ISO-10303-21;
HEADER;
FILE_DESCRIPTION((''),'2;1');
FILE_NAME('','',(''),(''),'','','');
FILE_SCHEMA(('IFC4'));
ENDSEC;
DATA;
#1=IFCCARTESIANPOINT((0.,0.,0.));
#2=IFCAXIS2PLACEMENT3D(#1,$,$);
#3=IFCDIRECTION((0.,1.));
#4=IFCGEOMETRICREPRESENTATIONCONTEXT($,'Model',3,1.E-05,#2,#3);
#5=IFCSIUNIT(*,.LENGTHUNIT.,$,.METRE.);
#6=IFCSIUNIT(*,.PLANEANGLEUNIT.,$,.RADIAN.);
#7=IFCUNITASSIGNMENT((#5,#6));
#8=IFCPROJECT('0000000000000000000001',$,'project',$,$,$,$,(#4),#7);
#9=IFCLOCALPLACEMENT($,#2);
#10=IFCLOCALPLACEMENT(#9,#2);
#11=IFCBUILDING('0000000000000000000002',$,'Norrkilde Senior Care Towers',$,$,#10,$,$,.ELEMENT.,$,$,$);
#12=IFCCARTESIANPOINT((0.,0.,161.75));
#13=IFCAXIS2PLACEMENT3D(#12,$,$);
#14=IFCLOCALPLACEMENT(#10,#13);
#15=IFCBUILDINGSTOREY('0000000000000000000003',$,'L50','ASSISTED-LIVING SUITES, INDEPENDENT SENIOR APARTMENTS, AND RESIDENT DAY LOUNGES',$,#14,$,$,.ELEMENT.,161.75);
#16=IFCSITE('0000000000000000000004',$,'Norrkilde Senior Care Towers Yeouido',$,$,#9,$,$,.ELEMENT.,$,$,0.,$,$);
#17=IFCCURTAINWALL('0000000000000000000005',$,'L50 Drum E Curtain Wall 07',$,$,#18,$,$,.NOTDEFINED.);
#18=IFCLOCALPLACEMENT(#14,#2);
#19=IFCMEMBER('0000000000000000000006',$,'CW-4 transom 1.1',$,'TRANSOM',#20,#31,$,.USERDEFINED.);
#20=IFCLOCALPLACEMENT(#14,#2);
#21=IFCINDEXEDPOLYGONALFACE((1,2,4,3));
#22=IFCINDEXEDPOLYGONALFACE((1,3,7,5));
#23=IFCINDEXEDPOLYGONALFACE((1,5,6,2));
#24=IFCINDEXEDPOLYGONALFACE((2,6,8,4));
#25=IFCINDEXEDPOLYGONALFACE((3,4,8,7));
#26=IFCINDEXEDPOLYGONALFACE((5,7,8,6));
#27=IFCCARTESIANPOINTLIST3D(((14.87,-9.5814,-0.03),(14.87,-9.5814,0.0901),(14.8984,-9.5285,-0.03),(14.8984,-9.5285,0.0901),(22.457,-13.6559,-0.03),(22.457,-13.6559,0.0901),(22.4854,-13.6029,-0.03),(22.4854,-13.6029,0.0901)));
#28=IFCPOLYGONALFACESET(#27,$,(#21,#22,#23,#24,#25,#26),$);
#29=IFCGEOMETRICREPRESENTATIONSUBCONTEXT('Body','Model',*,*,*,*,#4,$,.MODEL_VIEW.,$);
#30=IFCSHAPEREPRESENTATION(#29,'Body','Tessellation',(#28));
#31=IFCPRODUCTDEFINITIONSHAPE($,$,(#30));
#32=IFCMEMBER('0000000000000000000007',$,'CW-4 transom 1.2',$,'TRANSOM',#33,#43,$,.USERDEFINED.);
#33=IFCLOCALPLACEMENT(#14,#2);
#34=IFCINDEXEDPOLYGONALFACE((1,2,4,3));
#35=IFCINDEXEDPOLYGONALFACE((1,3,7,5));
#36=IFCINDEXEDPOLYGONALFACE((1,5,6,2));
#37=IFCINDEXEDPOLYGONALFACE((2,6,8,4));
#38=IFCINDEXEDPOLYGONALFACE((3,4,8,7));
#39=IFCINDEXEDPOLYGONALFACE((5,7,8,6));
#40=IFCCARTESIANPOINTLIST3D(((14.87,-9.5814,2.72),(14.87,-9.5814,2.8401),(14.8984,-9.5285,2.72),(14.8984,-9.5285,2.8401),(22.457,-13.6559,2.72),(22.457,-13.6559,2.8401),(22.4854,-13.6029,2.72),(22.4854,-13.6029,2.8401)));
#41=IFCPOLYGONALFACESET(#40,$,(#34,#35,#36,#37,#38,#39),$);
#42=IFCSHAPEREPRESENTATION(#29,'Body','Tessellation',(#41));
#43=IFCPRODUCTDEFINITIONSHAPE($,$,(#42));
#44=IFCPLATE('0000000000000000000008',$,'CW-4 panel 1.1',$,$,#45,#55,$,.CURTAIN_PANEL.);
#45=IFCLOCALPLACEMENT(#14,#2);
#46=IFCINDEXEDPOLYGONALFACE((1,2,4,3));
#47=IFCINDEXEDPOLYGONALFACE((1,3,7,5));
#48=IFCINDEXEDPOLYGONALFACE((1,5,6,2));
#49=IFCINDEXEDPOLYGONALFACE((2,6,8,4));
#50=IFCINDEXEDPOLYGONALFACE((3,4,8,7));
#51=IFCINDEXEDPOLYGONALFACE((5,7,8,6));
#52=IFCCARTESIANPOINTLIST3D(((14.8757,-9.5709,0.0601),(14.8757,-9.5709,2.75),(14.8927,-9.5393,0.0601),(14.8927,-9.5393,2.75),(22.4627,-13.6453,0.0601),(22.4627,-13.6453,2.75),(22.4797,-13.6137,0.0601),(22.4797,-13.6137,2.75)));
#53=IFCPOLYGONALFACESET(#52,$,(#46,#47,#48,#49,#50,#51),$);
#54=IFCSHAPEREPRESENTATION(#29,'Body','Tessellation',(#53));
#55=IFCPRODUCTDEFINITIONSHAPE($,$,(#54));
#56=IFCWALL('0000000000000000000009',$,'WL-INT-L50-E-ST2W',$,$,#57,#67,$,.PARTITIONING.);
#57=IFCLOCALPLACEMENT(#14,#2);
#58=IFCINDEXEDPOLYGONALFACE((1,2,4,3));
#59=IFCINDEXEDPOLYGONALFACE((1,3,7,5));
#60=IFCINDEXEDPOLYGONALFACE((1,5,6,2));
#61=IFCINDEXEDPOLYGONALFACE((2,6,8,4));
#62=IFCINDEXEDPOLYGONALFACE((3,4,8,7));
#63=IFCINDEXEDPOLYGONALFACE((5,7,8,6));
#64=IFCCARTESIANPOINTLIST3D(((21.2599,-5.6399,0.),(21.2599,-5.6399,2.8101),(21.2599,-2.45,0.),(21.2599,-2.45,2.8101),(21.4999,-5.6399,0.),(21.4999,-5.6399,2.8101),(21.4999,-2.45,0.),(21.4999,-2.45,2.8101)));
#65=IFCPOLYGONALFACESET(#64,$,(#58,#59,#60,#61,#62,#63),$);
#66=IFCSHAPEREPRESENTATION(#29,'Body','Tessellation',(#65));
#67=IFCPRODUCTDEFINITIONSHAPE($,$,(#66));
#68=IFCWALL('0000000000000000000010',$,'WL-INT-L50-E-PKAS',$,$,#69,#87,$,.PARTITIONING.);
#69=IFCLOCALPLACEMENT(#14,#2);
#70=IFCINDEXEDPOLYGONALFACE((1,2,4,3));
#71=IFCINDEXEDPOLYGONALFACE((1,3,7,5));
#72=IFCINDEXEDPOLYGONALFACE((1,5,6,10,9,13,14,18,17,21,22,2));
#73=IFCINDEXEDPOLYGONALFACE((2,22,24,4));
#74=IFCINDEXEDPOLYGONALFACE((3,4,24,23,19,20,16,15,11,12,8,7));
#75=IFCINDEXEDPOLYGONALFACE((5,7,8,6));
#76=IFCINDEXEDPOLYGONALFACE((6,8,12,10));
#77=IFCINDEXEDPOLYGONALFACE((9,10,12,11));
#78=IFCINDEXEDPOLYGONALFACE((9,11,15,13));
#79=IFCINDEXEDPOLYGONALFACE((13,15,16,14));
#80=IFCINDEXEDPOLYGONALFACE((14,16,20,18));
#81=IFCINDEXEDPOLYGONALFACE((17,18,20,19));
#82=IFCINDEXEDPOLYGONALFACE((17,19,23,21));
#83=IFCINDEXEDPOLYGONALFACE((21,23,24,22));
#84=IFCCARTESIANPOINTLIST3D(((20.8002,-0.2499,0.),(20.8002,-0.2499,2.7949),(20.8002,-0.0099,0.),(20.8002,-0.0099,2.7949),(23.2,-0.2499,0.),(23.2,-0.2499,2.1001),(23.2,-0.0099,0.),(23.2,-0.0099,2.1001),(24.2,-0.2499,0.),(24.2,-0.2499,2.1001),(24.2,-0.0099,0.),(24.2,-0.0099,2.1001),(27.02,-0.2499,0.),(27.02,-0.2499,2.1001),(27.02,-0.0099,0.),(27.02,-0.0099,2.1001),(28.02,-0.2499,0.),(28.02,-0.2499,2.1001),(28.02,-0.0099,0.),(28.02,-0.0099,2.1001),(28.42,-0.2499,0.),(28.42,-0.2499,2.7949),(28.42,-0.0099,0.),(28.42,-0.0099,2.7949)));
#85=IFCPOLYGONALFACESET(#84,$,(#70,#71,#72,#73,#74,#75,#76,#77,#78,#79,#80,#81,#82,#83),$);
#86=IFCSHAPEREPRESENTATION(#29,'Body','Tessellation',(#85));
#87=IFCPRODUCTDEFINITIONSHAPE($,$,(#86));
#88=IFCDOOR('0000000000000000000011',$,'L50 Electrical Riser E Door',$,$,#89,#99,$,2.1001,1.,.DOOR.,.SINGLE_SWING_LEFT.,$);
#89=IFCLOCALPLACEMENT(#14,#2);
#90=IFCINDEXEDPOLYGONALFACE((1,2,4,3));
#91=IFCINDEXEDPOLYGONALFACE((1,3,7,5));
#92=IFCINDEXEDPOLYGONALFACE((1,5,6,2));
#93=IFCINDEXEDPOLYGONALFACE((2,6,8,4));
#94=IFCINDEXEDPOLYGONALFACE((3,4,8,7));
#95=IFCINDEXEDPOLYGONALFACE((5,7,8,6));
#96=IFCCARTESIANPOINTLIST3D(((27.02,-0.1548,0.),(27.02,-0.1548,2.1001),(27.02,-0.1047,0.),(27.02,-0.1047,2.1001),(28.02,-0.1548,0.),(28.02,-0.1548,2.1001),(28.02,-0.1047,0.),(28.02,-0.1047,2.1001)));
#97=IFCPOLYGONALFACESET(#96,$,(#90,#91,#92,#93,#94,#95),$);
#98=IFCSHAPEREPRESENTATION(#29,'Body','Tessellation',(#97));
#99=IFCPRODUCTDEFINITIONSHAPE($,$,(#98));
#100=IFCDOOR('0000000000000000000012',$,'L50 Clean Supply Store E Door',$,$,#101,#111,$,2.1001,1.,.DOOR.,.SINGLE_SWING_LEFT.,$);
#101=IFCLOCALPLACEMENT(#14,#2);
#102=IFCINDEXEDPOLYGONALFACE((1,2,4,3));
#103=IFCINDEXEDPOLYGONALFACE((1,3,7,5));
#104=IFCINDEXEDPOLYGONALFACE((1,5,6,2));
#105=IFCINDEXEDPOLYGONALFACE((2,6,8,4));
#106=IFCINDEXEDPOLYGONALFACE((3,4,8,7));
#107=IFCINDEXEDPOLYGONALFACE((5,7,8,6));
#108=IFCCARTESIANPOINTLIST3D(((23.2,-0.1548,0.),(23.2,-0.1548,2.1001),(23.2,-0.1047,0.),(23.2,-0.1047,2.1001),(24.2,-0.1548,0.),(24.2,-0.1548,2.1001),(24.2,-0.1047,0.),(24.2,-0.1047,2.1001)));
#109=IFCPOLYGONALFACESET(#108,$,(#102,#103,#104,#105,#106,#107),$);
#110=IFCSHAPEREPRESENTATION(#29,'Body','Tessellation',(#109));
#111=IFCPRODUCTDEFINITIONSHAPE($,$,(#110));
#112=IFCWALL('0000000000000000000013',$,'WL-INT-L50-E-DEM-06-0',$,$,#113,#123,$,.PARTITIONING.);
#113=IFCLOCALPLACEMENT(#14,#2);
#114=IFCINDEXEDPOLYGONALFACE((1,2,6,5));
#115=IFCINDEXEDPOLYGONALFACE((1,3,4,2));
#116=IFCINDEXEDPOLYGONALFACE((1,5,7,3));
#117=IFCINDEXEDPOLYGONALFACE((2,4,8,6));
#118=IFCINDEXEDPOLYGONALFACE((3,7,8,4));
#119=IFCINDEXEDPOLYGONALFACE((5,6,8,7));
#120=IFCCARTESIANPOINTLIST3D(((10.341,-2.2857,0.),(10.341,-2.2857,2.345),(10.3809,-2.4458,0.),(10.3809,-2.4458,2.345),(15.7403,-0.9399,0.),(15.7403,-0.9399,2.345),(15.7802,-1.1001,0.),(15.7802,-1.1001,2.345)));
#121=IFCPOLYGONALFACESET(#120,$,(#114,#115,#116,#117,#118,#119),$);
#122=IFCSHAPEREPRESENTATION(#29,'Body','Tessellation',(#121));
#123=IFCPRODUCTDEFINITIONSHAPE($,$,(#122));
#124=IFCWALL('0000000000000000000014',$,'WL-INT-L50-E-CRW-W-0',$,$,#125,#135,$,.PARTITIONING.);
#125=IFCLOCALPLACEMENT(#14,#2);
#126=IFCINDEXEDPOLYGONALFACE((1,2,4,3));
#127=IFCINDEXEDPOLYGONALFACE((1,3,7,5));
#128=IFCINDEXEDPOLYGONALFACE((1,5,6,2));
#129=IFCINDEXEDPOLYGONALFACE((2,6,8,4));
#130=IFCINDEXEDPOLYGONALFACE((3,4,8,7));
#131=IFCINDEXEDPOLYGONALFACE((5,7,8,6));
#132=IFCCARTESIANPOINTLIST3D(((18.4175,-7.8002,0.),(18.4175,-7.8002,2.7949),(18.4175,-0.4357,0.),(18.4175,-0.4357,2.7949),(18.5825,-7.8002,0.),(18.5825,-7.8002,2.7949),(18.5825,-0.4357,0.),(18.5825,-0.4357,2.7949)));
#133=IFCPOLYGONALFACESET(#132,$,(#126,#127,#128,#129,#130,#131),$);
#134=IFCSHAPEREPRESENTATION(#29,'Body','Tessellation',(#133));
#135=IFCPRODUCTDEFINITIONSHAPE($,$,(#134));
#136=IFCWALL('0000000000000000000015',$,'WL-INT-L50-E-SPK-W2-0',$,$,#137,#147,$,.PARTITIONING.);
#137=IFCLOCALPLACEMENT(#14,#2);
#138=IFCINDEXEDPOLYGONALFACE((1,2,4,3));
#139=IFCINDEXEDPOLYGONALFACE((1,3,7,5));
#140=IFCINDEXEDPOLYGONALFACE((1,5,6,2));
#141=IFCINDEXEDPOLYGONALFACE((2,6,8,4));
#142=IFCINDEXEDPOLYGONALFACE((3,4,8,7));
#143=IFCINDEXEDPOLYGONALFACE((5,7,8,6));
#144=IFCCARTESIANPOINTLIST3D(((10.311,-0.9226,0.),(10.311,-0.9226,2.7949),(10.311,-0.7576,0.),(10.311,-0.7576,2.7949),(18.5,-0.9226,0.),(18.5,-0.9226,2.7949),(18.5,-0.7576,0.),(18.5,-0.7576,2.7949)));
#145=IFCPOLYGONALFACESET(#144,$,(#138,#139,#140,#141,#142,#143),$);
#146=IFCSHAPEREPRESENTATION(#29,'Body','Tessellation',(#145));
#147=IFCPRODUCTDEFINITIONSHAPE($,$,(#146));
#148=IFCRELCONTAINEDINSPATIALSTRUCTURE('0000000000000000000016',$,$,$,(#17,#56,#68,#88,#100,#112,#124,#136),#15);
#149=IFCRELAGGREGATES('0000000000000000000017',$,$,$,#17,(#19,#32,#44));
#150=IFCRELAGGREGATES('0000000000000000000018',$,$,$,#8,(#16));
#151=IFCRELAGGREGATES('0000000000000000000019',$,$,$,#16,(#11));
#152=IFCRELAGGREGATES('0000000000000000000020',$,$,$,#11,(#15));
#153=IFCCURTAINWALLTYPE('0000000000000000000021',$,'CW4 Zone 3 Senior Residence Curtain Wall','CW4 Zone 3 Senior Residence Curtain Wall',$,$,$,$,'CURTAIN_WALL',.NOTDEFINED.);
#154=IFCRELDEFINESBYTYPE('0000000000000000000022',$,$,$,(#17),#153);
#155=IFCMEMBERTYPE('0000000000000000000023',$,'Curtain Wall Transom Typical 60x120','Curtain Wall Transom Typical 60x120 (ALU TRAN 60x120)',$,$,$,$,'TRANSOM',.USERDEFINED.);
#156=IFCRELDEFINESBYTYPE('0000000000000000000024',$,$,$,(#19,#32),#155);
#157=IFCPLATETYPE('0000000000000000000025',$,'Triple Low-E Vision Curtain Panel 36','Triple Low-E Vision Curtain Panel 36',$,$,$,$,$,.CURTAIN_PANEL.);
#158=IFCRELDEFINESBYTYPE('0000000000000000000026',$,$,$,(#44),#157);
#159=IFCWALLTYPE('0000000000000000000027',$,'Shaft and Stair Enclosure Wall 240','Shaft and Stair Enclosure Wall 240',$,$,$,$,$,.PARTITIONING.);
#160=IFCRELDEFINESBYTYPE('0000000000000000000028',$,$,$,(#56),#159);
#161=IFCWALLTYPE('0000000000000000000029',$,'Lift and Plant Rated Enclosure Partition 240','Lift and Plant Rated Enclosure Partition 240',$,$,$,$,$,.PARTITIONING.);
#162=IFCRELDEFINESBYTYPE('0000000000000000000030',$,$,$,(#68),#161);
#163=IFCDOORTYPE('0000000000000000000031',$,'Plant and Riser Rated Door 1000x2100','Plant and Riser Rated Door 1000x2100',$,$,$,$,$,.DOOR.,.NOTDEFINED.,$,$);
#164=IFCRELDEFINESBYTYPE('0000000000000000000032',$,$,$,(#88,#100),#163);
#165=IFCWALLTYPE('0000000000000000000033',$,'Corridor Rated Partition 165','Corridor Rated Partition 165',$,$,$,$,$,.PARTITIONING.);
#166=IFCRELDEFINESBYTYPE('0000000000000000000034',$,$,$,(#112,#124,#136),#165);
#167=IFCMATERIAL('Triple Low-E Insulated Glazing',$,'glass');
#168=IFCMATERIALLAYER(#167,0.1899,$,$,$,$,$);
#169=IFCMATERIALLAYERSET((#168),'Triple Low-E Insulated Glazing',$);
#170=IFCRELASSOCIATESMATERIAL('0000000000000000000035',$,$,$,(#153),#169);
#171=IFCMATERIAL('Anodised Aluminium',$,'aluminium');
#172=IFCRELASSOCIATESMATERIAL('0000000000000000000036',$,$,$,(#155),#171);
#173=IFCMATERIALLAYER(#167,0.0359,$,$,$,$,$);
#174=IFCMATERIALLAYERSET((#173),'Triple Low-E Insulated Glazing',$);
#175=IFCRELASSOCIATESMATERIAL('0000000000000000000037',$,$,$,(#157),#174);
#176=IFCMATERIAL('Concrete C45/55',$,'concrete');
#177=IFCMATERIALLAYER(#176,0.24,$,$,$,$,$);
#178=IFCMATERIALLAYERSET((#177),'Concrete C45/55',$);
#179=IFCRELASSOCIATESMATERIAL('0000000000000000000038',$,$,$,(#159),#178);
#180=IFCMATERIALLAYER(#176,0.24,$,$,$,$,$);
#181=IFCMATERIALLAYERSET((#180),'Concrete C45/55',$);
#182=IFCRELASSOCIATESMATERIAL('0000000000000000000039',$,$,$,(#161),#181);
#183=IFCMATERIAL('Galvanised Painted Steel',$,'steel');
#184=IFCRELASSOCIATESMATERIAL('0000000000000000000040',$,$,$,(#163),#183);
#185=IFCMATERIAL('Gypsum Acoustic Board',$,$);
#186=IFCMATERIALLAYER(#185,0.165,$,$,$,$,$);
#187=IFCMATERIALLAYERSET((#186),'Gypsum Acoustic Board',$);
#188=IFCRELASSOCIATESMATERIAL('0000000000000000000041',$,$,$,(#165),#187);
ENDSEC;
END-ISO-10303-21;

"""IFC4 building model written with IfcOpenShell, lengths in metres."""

from ifc_helpers import new_model, si_unit, direction, frame, frame_2d, origin, origin_2d, place, context, subcontext, project, spatial, rectangle, extrude, source, transform, mapped, material, layer, layer_set, material_profile, profile_set, type_object, type_shapes, element, fill, aggregate, save


model = new_model("IFC4")

# Units and contexts
model_context = context("Model", 3, precision=1e-05, world=origin(), true_north=direction((0.0, 1.0)))
body_context = subcontext(model_context, "Body", "Model", "MODEL_VIEW")
ifc_project = project(units=[si_unit("LENGTHUNIT", "METRE"), si_unit("PLANEANGLEUNIT", "RADIAN")], contexts=[model_context])

# Site, building, storey
site_placement = place(None, origin())
site = spatial("IfcSite", under=ifc_project, at=site_placement, Name="Norrkilde Senior Care Towers Yeouido", CompositionType="ELEMENT", RefElevation=0.0)
building_placement = place(site_placement, origin())
building = spatial("IfcBuilding", under=site, at=building_placement, Name="Norrkilde Senior Care Towers", CompositionType="ELEMENT")
storey_placement = place(building_placement, frame((0.0, 0.0, 161.75)))
storey = spatial("IfcBuildingStorey", under=building, at=storey_placement, Name="L50", Description="ASSISTED-LIVING SUITES, INDEPENDENT SENIOR APARTMENTS, AND RESIDENT DAY LOUNGES", CompositionType="ELEMENT", Elevation=161.75)

# Curtain wall
ifc_material_1 = material(Name="Triple Low-E Insulated Glazing", Category="glass")
ifc_layer_1 = layer(ifc_material_1, 0.1899)
ifc_layer_set_1 = layer_set([ifc_layer_1], Name="Triple Low-E Insulated Glazing")
curtain_wall_type = type_object("IfcCurtainWallType", Name="CW4 Zone 3 Senior Residence Curtain Wall", Description="CW4 Zone 3 Senior Residence Curtain Wall", ElementType="CURTAIN_WALL", PredefinedType="NOTDEFINED", material=ifc_layer_set_1)
curtain_wall_1_placement = place(storey_placement, origin())
curtain_wall_1 = element("IfcCurtainWall", 1, at=curtain_wall_1_placement, inside=storey, type_object=curtain_wall_type, Name="L50 Drum E Curtain Wall 07", PredefinedType="NOTDEFINED")
ifc_material_2 = material(Name="Anodised Aluminium", Category="aluminium")

# Members
ifc_material_profile_1 = material_profile(ifc_material_2, rectangle(XDim=0.0601, YDim=0.1201, at=origin_2d()), Name="ALU TRAN 60x120")
ifc_profile_set_1 = profile_set([ifc_material_profile_1], Name="Anodised Aluminium")
member_type_1 = type_object("IfcMemberType", Name="Curtain Wall Transom Typical 60x120", Description="Curtain Wall Transom Typical 60x120 (ALU TRAN 60x120)", ElementType="TRANSOM", PredefinedType="USERDEFINED", material=ifc_profile_set_1)
shared_shape_1 = source(origin(), body_context, "Body", "SweptSolid", [
    extrude(rectangle(XDim=0.0601, YDim=0.1201, at=origin_2d()), origin(), (0.0, 0.0, 1.0), 8.6118),
])
type_shapes(member_type_1, [shared_shape_1])
member_1_placement = place(storey_placement, frame((22.4712, -13.6294, 0.03), z_axis=(-0.880994, 0.473127, 0.0), x_axis=(-0.473127, -0.880994, 0.0)))
member_1 = element("IfcMember", 2, at=member_1_placement, type_object=member_type_1, Name="CW-4 transom 1.1", ObjectType="TRANSOM", PredefinedType="USERDEFINED", context=body_context, shape_type="MappedRepresentation", body=[
    mapped(shared_shape_1, transform((0.0, 0.0, 0.0), x_axis=(1.0, 0.0, 0.0), y_axis=(0.0, 1.0, 0.0), z_axis=(0.0, 0.0, 1.0), scale=1.0)),
])
member_2_placement = place(storey_placement, frame((22.4712, -13.6294, 2.78), z_axis=(-0.880994, 0.473127, 0.0), x_axis=(-0.473127, -0.880994, 0.0)))
member_2 = element("IfcMember", 3, at=member_2_placement, type_object=member_type_1, Name="CW-4 transom 1.2", ObjectType="TRANSOM", PredefinedType="USERDEFINED", context=body_context, shape_type="MappedRepresentation", body=[
    mapped(shared_shape_1, transform((0.0, 0.0, 0.0), x_axis=(1.0, 0.0, 0.0), y_axis=(0.0, 1.0, 0.0), z_axis=(0.0, 0.0, 1.0), scale=1.0)),
])

# Plate
ifc_layer_2 = layer(ifc_material_1, 0.0359)
ifc_layer_set_2 = layer_set([ifc_layer_2], Name="Triple Low-E Insulated Glazing")
plate_type = type_object("IfcPlateType", Name="Triple Low-E Vision Curtain Panel 36", Description="Triple Low-E Vision Curtain Panel 36", PredefinedType="CURTAIN_PANEL", material=ifc_layer_set_2)
shared_shape_2 = source(origin(), body_context, "Body", "SweptSolid", [
    extrude(rectangle(XDim=8.6118, YDim=0.0359, at=origin_2d()), origin(), (0.0, 0.0, 1.0), 2.6899),
])
type_shapes(plate_type, [shared_shape_2])
plate_placement = place(storey_placement, frame((18.6777, -11.5923, 0.0601), z_axis=(0.0, 0.0, 1.0), x_axis=(-0.881, 0.473117, 0.0)))
plate = element("IfcPlate", 4, at=plate_placement, type_object=plate_type, Name="CW-4 panel 1.1", PredefinedType="CURTAIN_PANEL", context=body_context, shape_type="MappedRepresentation", body=[
    mapped(shared_shape_2, transform((0.0, 0.0, 0.0), x_axis=(1.0, 0.0, 0.0), y_axis=(0.0, 1.0, 0.0), z_axis=(0.0, 0.0, 1.0), scale=1.0)),
])
aggregate(curtain_wall_1, [member_1, member_2, plate])

# Shared definitions
ifc_material_3 = material(Name="Galvanised Painted Steel", Category="steel")
ifc_material_4 = material(Name="Concrete C45/55", Category="concrete")
ifc_layer_3 = layer(ifc_material_4, 0.24)
ifc_layer_set_3 = layer_set([ifc_layer_3], Name="Concrete C45/55")
wall_type_1 = type_object("IfcWallType", Name="Shaft and Stair Enclosure Wall 240", Description="Shaft and Stair Enclosure Wall 240", PredefinedType="PARTITIONING", material=ifc_layer_set_3)

# Wall
shared_shape_3 = source(origin(), body_context, "Body", "SweptSolid", [
    extrude(rectangle(XDim=3.1899, YDim=0.24, at=frame_2d((1.595, 0.0))), origin(), (0.0, 0.0, 1.0), 2.8101),
])
wall_1_placement = place(storey_placement, frame((21.3799, -5.6399, 0.0), z_axis=(0.0, 0.0, 1.0), x_axis=(0.0, 1.0, 0.0)))
element("IfcWall", 5, at=wall_1_placement, inside=storey, type_object=wall_type_1, Name="WL-INT-L50-E-ST2W", PredefinedType="PARTITIONING", context=body_context, shape_type="MappedRepresentation", body=[
    mapped(shared_shape_3, transform((0.0, 0.0, 0.0), x_axis=(1.0, 0.0, 0.0), y_axis=(0.0, 1.0, 0.0), z_axis=(0.0, 0.0, 1.0), scale=1.0)),
])

# Wall, openings, doors
ifc_layer_4 = layer(ifc_material_4, 0.24)
ifc_layer_set_4 = layer_set([ifc_layer_4], Name="Concrete C45/55")
wall_type_2 = type_object("IfcWallType", Name="Lift and Plant Rated Enclosure Partition 240", Description="Lift and Plant Rated Enclosure Partition 240", PredefinedType="PARTITIONING", material=ifc_layer_set_4)
shared_shape_4 = source(origin(), body_context, "Body", "SweptSolid", [
    extrude(rectangle(XDim=7.6199, YDim=0.24, at=frame_2d((3.8101, 0.0))), origin(), (0.0, 0.0, 1.0), 2.7949),
])
type_shapes(wall_type_2, [shared_shape_4])
wall_2_placement = place(storey_placement, frame((20.8, -0.1299, 0.0), z_axis=(0.0, 0.0, 1.0), x_axis=(1.0, 0.0, 0.0)))
wall_2 = element("IfcWall", 6, at=wall_2_placement, inside=storey, type_object=wall_type_2, Name="WL-INT-L50-E-PKAS", PredefinedType="PARTITIONING", context=body_context, shape_type="MappedRepresentation", body=[
    mapped(shared_shape_4, transform((0.0, 0.0, 0.0), x_axis=(1.0, 0.0, 0.0), y_axis=(0.0, 1.0, 0.0), z_axis=(0.0, 0.0, 1.0), scale=1.0)),
])
opening_1_placement = place(wall_2_placement, frame((6.22, 0.0, 0.0)))
opening_1 = element("IfcOpeningElement", 7, at=opening_1_placement, cuts=wall_2, PredefinedType="OPENING", context=body_context, shape_type="SweptSolid", body=[
    extrude(rectangle(XDim=1.0, YDim=2.1001, at=frame_2d((0.5, 1.05))), frame((0.0, 0.1299, 0.0), z_axis=(0.0, -1.0, 0.0), x_axis=(1.0, 0.0, 0.0)), (0.0, 0.0, 1.0), 0.26),
])
opening_2_placement = place(wall_2_placement, frame((2.3999, 0.0, 0.0)))
opening_2 = element("IfcOpeningElement", 8, at=opening_2_placement, cuts=wall_2, PredefinedType="OPENING", context=body_context, shape_type="SweptSolid", body=[
    extrude(rectangle(XDim=1.0, YDim=2.1001, at=frame_2d((0.5, 1.05))), frame((0.0, 0.1299, 0.0), z_axis=(0.0, -1.0, 0.0), x_axis=(1.0, 0.0, 0.0)), (0.0, 0.0, 1.0), 0.26),
])
door_type_1 = type_object("IfcDoorType", Name="Plant and Riser Rated Door 1000x2100", Description="Plant and Riser Rated Door 1000x2100", OperationType="NOTDEFINED", PredefinedType="DOOR", material=ifc_material_3)
shared_shape_5 = source(origin(), body_context, "Body", "SweptSolid", [
    extrude(rectangle(XDim=1.0, YDim=2.1001, at=frame_2d((0.5, 1.05))), frame((0.0, 0.0249, 0.0), z_axis=(0.0, -1.0, 0.0), x_axis=(1.0, 0.0, 0.0)), (0.0, 0.0, 1.0), 0.05),
])
type_shapes(door_type_1, [shared_shape_5])
door_1_placement = place(opening_1_placement, frame((1.0, 0.0, 0.0), z_axis=(0.0, 0.0, 1.0), x_axis=(-1.0, 0.0, 0.0)))
door_1 = element("IfcDoor", 9, at=door_1_placement, inside=storey, type_object=door_type_1, Name="L50 Electrical Riser E Door", OperationType="SINGLE_SWING_LEFT", OverallHeight=2.1001, OverallWidth=1.0, PredefinedType="DOOR", context=body_context, shape_type="MappedRepresentation", body=[
    mapped(shared_shape_5, transform((0.0, 0.0, 0.0), x_axis=(1.0, 0.0, 0.0), y_axis=(0.0, 1.0, 0.0), z_axis=(0.0, 0.0, 1.0), scale=1.0)),
])
fill(opening_1, door_1)
door_2_placement = place(opening_2_placement, frame((1.0, 0.0, 0.0), z_axis=(0.0, 0.0, 1.0), x_axis=(-1.0, 0.0, 0.0)))
door_2 = element("IfcDoor", 10, at=door_2_placement, inside=storey, type_object=door_type_1, Name="L50 Clean Supply Store E Door", OperationType="SINGLE_SWING_LEFT", OverallHeight=2.1001, OverallWidth=1.0, PredefinedType="DOOR", context=body_context, shape_type="MappedRepresentation", body=[
    mapped(shared_shape_5, transform((0.0, 0.0, 0.0), x_axis=(1.0, 0.0, 0.0), y_axis=(0.0, 1.0, 0.0), z_axis=(0.0, 0.0, 1.0), scale=1.0)),
])
fill(opening_2, door_2)

# Walls
ifc_material_5 = material(Name="Gypsum Acoustic Board")
ifc_layer_5 = layer(ifc_material_5, 0.165)
ifc_layer_set_5 = layer_set([ifc_layer_5], Name="Gypsum Acoustic Board")
wall_type_3 = type_object("IfcWallType", Name="Corridor Rated Partition 165", Description="Corridor Rated Partition 165", PredefinedType="PARTITIONING", material=ifc_layer_set_5)
shared_shape_6 = source(origin(), body_context, "Body", "SweptSolid", [
    extrude(rectangle(XDim=5.5645, YDim=0.165, at=frame_2d((2.7822, 0.0))), origin(), (0.0, 0.0, 1.0), 2.345),
])
wall_3_placement = place(storey_placement, frame((15.7603, -1.02, 0.0), z_axis=(0.0, 0.0, 1.0), x_axis=(-0.970315, -0.241844, 0.0)))
element("IfcWall", 11, at=wall_3_placement, inside=storey, type_object=wall_type_3, Name="WL-INT-L50-E-DEM-06-0", PredefinedType="PARTITIONING", context=body_context, shape_type="MappedRepresentation", body=[
    mapped(shared_shape_6, transform((0.0, 0.0, 0.0), x_axis=(1.0, 0.0, 0.0), y_axis=(0.0, 1.0, 0.0), z_axis=(0.0, 0.0, 1.0), scale=1.0)),
])
shared_shape_7 = source(origin(), body_context, "Body", "SweptSolid", [
    extrude(rectangle(XDim=7.3645, YDim=0.165, at=frame_2d((3.6821, 0.0))), origin(), (0.0, 0.0, 1.0), 2.7949),
])
wall_4_placement = place(storey_placement, frame((18.5, -7.8, 0.0), z_axis=(0.0, 0.0, 1.0), x_axis=(0.0, 1.0, 0.0)))
element("IfcWall", 12, at=wall_4_placement, inside=storey, type_object=wall_type_3, Name="WL-INT-L50-E-CRW-W-0", PredefinedType="PARTITIONING", context=body_context, shape_type="MappedRepresentation", body=[
    mapped(shared_shape_7, transform((0.0, 0.0, 0.0), x_axis=(1.0, 0.0, 0.0), y_axis=(0.0, 1.0, 0.0), z_axis=(0.0, 0.0, 1.0), scale=1.0)),
])
shared_shape_8 = source(origin(), body_context, "Body", "SweptSolid", [
    extrude(rectangle(XDim=8.189, YDim=0.165, at=frame_2d((4.0945, 0.0))), origin(), (0.0, 0.0, 1.0), 2.7949),
])
type_shapes(wall_type_3, [shared_shape_6, shared_shape_7, shared_shape_8])
wall_5_placement = place(storey_placement, frame((18.5, -0.8401, 0.0), z_axis=(0.0, 0.0, 1.0), x_axis=(-1.0, 0.0, 0.0)))
element("IfcWall", 13, at=wall_5_placement, inside=storey, type_object=wall_type_3, Name="WL-INT-L50-E-SPK-W2-0", PredefinedType="PARTITIONING", context=body_context, shape_type="MappedRepresentation", body=[
    mapped(shared_shape_8, transform((0.0, 0.0, 0.0), x_axis=(1.0, 0.0, 0.0), y_axis=(0.0, 1.0, 0.0), z_axis=(0.0, 0.0, 1.0), scale=1.0)),
])

save(model, "model.ifc")
